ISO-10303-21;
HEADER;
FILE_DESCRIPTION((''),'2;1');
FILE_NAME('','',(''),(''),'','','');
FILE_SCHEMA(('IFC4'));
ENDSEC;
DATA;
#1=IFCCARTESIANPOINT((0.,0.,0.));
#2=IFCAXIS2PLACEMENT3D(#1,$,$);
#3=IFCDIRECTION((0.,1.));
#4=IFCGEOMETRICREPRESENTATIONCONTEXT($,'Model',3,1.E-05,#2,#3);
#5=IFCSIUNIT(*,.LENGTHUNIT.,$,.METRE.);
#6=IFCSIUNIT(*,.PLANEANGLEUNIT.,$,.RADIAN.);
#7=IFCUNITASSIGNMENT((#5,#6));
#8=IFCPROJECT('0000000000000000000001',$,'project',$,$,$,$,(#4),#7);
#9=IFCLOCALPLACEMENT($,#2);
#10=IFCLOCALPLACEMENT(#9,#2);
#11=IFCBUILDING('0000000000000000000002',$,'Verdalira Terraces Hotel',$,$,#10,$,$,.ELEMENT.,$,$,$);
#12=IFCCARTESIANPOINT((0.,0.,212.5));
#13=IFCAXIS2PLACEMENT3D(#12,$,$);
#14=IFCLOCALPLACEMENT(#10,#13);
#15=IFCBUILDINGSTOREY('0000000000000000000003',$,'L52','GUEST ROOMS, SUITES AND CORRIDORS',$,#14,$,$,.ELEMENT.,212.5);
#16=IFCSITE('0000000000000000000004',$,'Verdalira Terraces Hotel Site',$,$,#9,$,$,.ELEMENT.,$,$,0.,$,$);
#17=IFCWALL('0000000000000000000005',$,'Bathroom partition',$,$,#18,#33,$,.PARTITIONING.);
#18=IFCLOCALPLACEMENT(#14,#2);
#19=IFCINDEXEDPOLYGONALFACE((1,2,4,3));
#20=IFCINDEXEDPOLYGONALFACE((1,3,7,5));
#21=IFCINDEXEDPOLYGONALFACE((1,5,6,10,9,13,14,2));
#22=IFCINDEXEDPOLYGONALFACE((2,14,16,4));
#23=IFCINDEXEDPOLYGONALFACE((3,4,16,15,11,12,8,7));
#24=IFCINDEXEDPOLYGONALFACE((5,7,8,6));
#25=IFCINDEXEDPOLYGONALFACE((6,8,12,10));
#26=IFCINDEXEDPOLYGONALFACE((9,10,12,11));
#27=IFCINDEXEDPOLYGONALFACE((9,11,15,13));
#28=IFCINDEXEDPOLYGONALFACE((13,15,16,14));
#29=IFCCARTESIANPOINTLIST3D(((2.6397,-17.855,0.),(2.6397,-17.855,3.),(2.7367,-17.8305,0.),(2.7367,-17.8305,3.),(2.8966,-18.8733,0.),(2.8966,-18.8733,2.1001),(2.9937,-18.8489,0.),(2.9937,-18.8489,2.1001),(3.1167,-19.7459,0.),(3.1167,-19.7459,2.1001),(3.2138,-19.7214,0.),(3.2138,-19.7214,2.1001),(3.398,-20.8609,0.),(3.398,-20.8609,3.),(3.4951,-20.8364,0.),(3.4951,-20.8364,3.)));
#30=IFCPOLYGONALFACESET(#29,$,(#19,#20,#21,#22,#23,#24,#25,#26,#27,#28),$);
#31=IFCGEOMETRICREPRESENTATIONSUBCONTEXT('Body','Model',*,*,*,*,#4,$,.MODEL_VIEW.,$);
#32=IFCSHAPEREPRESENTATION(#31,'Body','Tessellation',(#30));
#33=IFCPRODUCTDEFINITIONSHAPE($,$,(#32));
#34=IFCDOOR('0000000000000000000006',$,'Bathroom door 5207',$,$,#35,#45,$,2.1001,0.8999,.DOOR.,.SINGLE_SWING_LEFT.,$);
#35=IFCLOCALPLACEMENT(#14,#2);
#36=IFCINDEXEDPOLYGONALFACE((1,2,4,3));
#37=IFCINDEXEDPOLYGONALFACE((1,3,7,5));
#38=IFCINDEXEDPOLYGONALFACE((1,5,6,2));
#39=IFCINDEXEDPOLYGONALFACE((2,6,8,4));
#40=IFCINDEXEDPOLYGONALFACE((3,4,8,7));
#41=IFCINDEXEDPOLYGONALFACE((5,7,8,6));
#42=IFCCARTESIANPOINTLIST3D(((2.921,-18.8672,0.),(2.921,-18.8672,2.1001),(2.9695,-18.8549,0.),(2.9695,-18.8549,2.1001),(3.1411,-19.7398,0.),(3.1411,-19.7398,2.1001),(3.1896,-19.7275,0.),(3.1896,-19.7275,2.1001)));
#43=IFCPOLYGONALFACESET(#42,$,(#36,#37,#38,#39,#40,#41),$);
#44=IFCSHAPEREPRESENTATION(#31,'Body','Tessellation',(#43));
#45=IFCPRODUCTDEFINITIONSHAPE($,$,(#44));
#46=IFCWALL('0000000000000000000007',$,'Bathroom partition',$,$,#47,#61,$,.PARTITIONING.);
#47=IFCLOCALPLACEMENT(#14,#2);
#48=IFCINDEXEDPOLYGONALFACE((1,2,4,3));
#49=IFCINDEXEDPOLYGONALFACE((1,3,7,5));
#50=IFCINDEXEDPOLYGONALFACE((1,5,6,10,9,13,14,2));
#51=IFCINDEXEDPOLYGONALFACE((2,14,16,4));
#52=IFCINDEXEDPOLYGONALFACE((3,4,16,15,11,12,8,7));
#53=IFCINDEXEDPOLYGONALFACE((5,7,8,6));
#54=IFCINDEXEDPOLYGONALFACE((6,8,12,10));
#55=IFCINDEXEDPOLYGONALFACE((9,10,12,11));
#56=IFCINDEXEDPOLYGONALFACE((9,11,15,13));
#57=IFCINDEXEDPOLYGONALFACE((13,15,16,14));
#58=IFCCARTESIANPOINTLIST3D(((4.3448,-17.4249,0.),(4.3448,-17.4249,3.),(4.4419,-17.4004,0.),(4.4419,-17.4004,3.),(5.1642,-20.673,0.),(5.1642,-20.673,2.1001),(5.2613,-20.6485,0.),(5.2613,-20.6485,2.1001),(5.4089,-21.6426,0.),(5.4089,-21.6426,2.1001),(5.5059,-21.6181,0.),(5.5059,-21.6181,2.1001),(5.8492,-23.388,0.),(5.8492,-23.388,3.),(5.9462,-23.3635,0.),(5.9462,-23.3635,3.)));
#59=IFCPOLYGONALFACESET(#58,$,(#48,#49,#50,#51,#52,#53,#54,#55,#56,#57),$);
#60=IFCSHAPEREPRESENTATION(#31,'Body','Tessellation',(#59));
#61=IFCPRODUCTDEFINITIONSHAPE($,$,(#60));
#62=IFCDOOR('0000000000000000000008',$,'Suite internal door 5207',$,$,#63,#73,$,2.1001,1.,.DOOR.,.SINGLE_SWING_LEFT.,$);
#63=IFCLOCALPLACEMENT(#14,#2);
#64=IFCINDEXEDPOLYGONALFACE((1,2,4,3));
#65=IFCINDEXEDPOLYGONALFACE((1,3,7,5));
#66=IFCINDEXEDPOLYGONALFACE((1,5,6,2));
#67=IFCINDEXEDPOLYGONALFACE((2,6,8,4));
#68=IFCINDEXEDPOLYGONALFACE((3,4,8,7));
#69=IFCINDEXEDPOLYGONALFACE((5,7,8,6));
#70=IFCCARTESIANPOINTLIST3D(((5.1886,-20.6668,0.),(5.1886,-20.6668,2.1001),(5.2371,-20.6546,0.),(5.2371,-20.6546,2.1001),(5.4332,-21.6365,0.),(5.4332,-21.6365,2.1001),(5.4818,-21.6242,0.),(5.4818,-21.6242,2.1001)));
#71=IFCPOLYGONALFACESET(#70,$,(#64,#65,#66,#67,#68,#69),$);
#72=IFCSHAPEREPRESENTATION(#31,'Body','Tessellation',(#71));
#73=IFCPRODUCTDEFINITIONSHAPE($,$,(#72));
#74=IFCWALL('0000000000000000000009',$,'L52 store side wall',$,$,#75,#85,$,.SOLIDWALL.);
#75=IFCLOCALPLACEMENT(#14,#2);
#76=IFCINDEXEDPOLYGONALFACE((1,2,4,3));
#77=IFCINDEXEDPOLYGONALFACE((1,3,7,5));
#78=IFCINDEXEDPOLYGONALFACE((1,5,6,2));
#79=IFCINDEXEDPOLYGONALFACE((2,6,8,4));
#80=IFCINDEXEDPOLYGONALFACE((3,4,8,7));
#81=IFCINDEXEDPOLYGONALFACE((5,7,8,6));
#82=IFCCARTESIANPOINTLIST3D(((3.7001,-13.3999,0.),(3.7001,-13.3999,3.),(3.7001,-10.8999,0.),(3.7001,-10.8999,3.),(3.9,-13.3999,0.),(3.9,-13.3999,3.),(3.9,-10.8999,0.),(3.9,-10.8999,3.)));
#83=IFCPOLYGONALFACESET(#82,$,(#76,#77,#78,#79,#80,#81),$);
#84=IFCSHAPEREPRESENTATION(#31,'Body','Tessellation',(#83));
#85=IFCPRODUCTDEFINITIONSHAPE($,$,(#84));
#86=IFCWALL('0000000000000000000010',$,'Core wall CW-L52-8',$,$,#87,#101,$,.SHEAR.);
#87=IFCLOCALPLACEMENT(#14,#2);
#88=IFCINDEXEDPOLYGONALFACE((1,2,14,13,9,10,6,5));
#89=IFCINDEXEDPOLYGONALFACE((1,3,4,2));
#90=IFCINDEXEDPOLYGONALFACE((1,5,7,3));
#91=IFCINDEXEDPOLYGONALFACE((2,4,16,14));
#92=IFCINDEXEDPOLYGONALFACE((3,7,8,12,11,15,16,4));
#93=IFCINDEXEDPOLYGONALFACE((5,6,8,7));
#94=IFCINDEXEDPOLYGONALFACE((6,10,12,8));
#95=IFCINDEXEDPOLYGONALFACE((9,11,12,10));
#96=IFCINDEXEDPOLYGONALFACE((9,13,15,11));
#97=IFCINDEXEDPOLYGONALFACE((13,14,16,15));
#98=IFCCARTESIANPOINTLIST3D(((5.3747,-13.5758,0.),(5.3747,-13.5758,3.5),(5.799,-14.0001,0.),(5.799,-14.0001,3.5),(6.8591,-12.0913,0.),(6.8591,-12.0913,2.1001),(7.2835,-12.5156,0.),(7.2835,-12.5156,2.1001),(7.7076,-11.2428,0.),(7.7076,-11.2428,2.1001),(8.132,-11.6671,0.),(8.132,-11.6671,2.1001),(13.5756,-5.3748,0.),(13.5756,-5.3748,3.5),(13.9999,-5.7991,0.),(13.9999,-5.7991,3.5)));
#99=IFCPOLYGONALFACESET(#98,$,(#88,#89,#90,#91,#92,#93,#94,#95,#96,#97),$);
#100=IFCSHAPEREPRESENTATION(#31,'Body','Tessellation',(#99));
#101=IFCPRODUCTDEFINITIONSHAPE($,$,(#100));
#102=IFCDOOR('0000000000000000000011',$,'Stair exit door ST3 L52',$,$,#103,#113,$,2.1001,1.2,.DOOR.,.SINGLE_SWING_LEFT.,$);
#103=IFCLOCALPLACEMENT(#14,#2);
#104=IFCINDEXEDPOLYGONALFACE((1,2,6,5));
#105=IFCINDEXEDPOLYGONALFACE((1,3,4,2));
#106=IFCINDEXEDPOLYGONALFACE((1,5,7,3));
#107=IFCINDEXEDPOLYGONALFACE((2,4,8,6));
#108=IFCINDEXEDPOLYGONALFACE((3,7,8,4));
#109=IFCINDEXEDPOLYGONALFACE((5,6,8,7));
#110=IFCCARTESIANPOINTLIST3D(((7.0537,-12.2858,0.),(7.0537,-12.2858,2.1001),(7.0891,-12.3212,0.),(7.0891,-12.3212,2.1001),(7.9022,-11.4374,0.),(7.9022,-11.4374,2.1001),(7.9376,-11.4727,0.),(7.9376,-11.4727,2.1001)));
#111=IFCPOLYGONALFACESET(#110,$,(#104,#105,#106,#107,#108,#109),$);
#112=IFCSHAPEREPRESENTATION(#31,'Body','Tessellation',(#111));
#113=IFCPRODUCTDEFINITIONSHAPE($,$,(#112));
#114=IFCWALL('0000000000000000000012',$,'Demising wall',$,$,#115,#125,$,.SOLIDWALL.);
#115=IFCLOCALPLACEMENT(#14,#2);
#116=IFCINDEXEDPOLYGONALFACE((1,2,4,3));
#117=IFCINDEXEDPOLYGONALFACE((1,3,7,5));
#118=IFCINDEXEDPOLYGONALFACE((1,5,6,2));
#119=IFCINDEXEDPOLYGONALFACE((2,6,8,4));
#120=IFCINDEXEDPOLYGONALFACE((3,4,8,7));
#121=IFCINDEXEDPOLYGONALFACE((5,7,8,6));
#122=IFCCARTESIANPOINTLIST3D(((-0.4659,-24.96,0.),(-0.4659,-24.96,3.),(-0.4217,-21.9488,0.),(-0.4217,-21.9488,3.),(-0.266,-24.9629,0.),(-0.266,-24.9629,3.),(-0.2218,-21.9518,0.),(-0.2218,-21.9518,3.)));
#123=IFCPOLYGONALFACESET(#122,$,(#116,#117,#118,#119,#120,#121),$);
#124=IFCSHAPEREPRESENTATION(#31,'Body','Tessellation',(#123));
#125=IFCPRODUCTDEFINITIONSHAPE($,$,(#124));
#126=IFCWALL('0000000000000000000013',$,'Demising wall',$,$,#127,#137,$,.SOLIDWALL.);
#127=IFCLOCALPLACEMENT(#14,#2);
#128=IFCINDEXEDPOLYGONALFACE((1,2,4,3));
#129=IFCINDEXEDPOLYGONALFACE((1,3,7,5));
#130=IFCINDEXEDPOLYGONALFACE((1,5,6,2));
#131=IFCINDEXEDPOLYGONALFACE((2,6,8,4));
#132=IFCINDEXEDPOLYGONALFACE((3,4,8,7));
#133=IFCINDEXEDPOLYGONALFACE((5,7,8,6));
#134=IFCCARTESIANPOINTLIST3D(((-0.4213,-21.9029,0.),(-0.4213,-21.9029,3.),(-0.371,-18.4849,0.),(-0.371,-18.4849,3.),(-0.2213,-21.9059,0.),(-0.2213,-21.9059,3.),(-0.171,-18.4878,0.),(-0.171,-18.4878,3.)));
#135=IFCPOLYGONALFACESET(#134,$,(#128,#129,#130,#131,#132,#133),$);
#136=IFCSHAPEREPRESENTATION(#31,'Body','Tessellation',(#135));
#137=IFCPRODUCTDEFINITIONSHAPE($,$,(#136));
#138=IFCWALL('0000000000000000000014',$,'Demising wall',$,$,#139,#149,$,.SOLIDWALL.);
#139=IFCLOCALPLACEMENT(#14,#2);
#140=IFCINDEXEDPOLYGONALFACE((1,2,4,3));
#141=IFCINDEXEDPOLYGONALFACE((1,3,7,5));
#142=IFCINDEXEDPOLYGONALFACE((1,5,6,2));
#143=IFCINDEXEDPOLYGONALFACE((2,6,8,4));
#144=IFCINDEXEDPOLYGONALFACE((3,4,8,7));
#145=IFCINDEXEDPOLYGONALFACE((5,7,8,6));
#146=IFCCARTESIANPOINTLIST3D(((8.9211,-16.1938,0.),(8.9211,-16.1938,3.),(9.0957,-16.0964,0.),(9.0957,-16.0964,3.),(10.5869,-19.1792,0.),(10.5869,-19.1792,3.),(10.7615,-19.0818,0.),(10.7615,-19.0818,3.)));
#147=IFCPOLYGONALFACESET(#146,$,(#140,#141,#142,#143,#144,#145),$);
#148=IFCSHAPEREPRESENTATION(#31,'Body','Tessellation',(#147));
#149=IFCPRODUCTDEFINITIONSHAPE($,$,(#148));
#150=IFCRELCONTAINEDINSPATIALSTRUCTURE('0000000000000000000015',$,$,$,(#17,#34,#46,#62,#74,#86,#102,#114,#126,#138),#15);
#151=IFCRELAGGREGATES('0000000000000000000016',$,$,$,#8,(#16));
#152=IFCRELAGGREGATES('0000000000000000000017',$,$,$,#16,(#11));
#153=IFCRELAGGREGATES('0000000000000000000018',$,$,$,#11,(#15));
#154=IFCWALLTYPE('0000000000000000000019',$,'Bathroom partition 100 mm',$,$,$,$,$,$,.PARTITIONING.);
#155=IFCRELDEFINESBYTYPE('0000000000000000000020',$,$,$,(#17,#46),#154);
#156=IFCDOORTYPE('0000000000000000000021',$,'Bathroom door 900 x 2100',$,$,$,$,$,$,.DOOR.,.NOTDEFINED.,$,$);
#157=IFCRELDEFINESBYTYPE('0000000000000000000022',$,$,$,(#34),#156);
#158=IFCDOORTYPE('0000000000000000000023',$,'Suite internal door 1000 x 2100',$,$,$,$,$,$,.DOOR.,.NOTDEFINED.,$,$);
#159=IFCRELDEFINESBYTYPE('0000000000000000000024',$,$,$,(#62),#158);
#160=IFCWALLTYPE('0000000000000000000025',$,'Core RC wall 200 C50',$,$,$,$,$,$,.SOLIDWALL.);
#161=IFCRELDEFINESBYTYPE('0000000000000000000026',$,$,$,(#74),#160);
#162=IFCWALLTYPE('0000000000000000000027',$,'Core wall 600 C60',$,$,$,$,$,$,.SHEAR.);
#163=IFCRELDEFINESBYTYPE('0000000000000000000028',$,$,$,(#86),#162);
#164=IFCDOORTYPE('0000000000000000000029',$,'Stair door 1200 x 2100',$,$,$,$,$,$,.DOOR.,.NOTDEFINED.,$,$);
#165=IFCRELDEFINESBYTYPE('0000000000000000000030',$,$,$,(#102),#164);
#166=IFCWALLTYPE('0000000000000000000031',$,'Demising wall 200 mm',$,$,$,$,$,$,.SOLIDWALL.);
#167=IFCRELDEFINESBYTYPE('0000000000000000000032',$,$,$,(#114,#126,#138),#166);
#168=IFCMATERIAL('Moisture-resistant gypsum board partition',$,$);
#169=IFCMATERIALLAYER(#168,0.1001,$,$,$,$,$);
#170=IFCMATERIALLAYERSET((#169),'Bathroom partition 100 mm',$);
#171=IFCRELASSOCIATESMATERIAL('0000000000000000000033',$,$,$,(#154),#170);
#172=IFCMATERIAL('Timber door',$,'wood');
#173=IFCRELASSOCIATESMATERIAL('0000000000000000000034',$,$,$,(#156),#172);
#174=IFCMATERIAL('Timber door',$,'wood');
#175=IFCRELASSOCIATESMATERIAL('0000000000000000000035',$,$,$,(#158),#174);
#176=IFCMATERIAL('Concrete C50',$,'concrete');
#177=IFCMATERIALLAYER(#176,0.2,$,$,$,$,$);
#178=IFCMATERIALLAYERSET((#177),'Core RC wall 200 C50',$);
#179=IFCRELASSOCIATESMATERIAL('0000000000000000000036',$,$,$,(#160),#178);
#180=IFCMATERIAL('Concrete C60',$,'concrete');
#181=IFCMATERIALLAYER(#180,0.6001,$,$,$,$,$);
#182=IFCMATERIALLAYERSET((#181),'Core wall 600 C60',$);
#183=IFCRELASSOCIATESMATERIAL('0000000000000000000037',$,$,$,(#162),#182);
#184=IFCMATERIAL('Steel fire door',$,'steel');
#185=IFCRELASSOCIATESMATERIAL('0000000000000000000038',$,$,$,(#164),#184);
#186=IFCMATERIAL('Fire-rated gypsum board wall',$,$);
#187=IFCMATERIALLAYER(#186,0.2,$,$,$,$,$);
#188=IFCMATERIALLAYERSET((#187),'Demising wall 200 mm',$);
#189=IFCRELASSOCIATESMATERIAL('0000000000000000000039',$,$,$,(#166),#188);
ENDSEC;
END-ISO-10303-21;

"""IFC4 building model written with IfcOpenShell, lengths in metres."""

from ifc_helpers import new_model, si_unit, direction, frame, frame_2d, origin, place, context, subcontext, project, spatial, rectangle, extrude, material, layer, layer_set, type_object, element, fill, save


model = new_model("IFC4")

# Units and contexts
model_context = context("Model", 3, precision=1e-05, world=origin(), true_north=direction((0.0, 1.0)))
body_context = subcontext(model_context, "Body", "Model", "MODEL_VIEW")
ifc_project = project(units=[si_unit("LENGTHUNIT", "METRE"), si_unit("PLANEANGLEUNIT", "RADIAN")], contexts=[model_context])

# Site, building, storey
site_placement = place(None, origin())
site = spatial("IfcSite", under=ifc_project, at=site_placement, Name="Verdalira Terraces Hotel Site", CompositionType="ELEMENT", RefElevation=0.0)
building_placement = place(site_placement, origin())
building = spatial("IfcBuilding", under=site, at=building_placement, Name="Verdalira Terraces Hotel", CompositionType="ELEMENT")
storey_placement = place(building_placement, frame((0.0, 0.0, 212.5)))
storey = spatial("IfcBuildingStorey", under=building, at=storey_placement, Name="L52", Description="GUEST ROOMS, SUITES AND CORRIDORS", CompositionType="ELEMENT", Elevation=212.5)

# Shared definitions
ifc_material_1 = material(Name="Moisture-resistant gypsum board partition")
ifc_layer_1 = layer(ifc_material_1, 0.1001)
ifc_layer_set_1 = layer_set([ifc_layer_1], Name="Bathroom partition 100 mm")
wall_type_1 = type_object("IfcWallType", Name="Bathroom partition 100 mm", PredefinedType="PARTITIONING", material=ifc_layer_set_1)

# Walls, openings, doors
wall_1_placement = place(storey_placement, frame((3.4465, -20.8486, 0.0), z_axis=(0.0, 0.0, 1.0), x_axis=(-0.24461, 0.969621, 0.0)))
wall_1 = element("IfcWall", 1, at=wall_1_placement, inside=storey, type_object=wall_type_1, Name="Bathroom partition", PredefinedType="PARTITIONING", context=body_context, shape_type="SweptSolid", body=[
    extrude(rectangle(XDim=3.1001, YDim=0.1001, at=frame_2d((1.55, 0.0))), origin(), (0.0, 0.0, 1.0), 3.0),
])
opening_1_placement = place(wall_1_placement, frame((1.1499, 0.0, 0.0)))
opening_1 = element("IfcOpeningElement", 2, at=opening_1_placement, cuts=wall_1, PredefinedType="OPENING", context=body_context, shape_type="SweptSolid", body=[
    extrude(rectangle(XDim=0.8999, YDim=2.1001, at=frame_2d((0.45, 1.05))), frame((0.0, 0.0601, 0.0), z_axis=(0.0, -1.0, 0.0), x_axis=(1.0, 0.0, 0.0)), (0.0, 0.0, 1.0), 0.1201),
])
ifc_material_2 = material(Name="Timber door", Category="wood")
door_type_1 = type_object("IfcDoorType", Name="Bathroom door 900 x 2100", OperationType="NOTDEFINED", PredefinedType="DOOR", material=ifc_material_2)
door_1_placement = place(opening_1_placement, origin())
door_1 = element("IfcDoor", 3, at=door_1_placement, inside=storey, type_object=door_type_1, Name="Bathroom door 5207", OperationType="SINGLE_SWING_LEFT", OverallHeight=2.1001, OverallWidth=0.8999, PredefinedType="DOOR", context=body_context, shape_type="SweptSolid", body=[
    extrude(rectangle(XDim=0.8999, YDim=2.1001, at=frame_2d((0.45, 1.05))), frame((0.0, 0.0249, 0.0), z_axis=(0.0, -1.0, 0.0), x_axis=(1.0, 0.0, 0.0)), (0.0, 0.0, 1.0), 0.05),
])
fill(opening_1, door_1)
wall_2_placement = place(storey_placement, frame((5.8977, -23.3757, 0.0), z_axis=(0.0, 0.0, 1.0), x_axis=(-0.244618, 0.96962, 0.0)))
wall_2 = element("IfcWall", 4, at=wall_2_placement, inside=storey, type_object=wall_type_1, Name="Bathroom partition", PredefinedType="PARTITIONING", context=body_context, shape_type="SweptSolid", body=[
    extrude(rectangle(XDim=6.1499, YDim=0.1001, at=frame_2d((3.075, 0.0))), origin(), (0.0, 0.0, 1.0), 3.0),
])
opening_2_placement = place(wall_2_placement, frame((1.8, 0.0, 0.0)))
opening_2 = element("IfcOpeningElement", 5, at=opening_2_placement, cuts=wall_2, PredefinedType="OPENING", context=body_context, shape_type="SweptSolid", body=[
    extrude(rectangle(XDim=1.0, YDim=2.1001, at=frame_2d((0.5, 1.05))), frame((0.0, 0.0601, 0.0), z_axis=(0.0, -1.0, 0.0), x_axis=(1.0, 0.0, 0.0)), (0.0, 0.0, 1.0), 0.1201),
])
ifc_material_3 = material(Name="Timber door", Category="wood")
door_type_2 = type_object("IfcDoorType", Name="Suite internal door 1000 x 2100", OperationType="NOTDEFINED", PredefinedType="DOOR", material=ifc_material_3)
door_2_placement = place(opening_2_placement, origin())
door_2 = element("IfcDoor", 6, at=door_2_placement, inside=storey, type_object=door_type_2, Name="Suite internal door 5207", OperationType="SINGLE_SWING_LEFT", OverallHeight=2.1001, OverallWidth=1.0, PredefinedType="DOOR", context=body_context, shape_type="SweptSolid", body=[
    extrude(rectangle(XDim=1.0, YDim=2.1001, at=frame_2d((0.5, 1.05))), frame((0.0, 0.0249, 0.0), z_axis=(0.0, -1.0, 0.0), x_axis=(1.0, 0.0, 0.0)), (0.0, 0.0, 1.0), 0.05),
])
fill(opening_2, door_2)

# Wall
ifc_material_4 = material(Name="Concrete C50", Category="concrete")
ifc_layer_2 = layer(ifc_material_4, 0.2)
ifc_layer_set_2 = layer_set([ifc_layer_2], Name="Core RC wall 200 C50")
wall_type_2 = type_object("IfcWallType", Name="Core RC wall 200 C50", PredefinedType="SOLIDWALL", material=ifc_layer_set_2)
wall_3_placement = place(storey_placement, frame((3.8, -10.8999, 0.0), z_axis=(0.0, 0.0, 1.0), x_axis=(0.0, -1.0, 0.0)))
element("IfcWall", 7, at=wall_3_placement, inside=storey, type_object=wall_type_2, Name="L52 store side wall", PredefinedType="SOLIDWALL", context=body_context, shape_type="SweptSolid", body=[
    extrude(rectangle(XDim=2.5, YDim=0.2, at=frame_2d((1.25, 0.0))), origin(), (0.0, 0.0, 1.0), 3.0),
])

# Wall, opening, door
ifc_material_5 = material(Name="Concrete C60", Category="concrete")
ifc_layer_3 = layer(ifc_material_5, 0.6001)
ifc_layer_set_3 = layer_set([ifc_layer_3], Name="Core wall 600 C60")
wall_type_3 = type_object("IfcWallType", Name="Core wall 600 C60", PredefinedType="SHEAR", material=ifc_layer_set_3)
wall_4_placement = place(storey_placement, frame((5.5869, -13.7878, 0.0), z_axis=(0.0, 0.0, 1.0), x_axis=(0.707107, 0.707107, 0.0)))
wall_4 = element("IfcWall", 8, at=wall_4_placement, inside=storey, type_object=wall_type_3, Name="Core wall CW-L52-8", PredefinedType="SHEAR", context=body_context, shape_type="SweptSolid", body=[
    extrude(rectangle(XDim=11.5979, YDim=0.6001, at=frame_2d((5.7988, 0.0))), origin(), (0.0, 0.0, 1.0), 3.5),
])
opening_3_placement = place(wall_4_placement, frame((2.0991, 0.0, 0.0)))
opening_3 = element("IfcOpeningElement", 9, at=opening_3_placement, cuts=wall_4, PredefinedType="OPENING", context=body_context, shape_type="SweptSolid", body=[
    extrude(rectangle(XDim=1.2, YDim=2.1001, at=frame_2d((0.6001, 1.05))), frame((0.0, 0.3101, 0.0), z_axis=(0.0, -1.0, 0.0), x_axis=(1.0, 0.0, 0.0)), (0.0, 0.0, 1.0), 0.6201),
])
ifc_material_6 = material(Name="Steel fire door", Category="steel")
door_type_3 = type_object("IfcDoorType", Name="Stair door 1200 x 2100", OperationType="NOTDEFINED", PredefinedType="DOOR", material=ifc_material_6)
door_3_placement = place(opening_3_placement, origin())
door_3 = element("IfcDoor", 10, at=door_3_placement, inside=storey, type_object=door_type_3, Name="Stair exit door ST3 L52", OperationType="SINGLE_SWING_LEFT", OverallHeight=2.1001, OverallWidth=1.2, PredefinedType="DOOR", context=body_context, shape_type="SweptSolid", body=[
    extrude(rectangle(XDim=1.2, YDim=2.1001, at=frame_2d((0.6001, 1.05))), frame((0.0, 0.0249, 0.0), z_axis=(0.0, -1.0, 0.0), x_axis=(1.0, 0.0, 0.0)), (0.0, 0.0, 1.0), 0.05),
])
fill(opening_3, door_3)

# Walls
ifc_material_7 = material(Name="Fire-rated gypsum board wall")
ifc_layer_4 = layer(ifc_material_7, 0.2)
ifc_layer_set_4 = layer_set([ifc_layer_4], Name="Demising wall 200 mm")
wall_type_4 = type_object("IfcWallType", Name="Demising wall 200 mm", PredefinedType="SOLIDWALL", material=ifc_layer_set_4)
wall_5_placement = place(storey_placement, frame((-0.3218, -21.9502, 0.0), z_axis=(0.0, 0.0, 1.0), x_axis=(-0.014673, -0.999892, 0.0)))
element("IfcWall", 11, at=wall_5_placement, inside=storey, type_object=wall_type_4, Name="Demising wall", PredefinedType="SOLIDWALL", context=body_context, shape_type="SweptSolid", body=[
    extrude(rectangle(XDim=3.0115, YDim=0.2, at=frame_2d((1.5059, 0.0))), origin(), (0.0, 0.0, 1.0), 3.0),
])
wall_6_placement = place(storey_placement, frame((-0.271, -18.4863, 0.0), z_axis=(0.0, 0.0, 1.0), x_axis=(-0.014713, -0.999892, 0.0)))
element("IfcWall", 12, at=wall_6_placement, inside=storey, type_object=wall_type_4, Name="Demising wall", PredefinedType="SOLIDWALL", context=body_context, shape_type="SweptSolid", body=[
    extrude(rectangle(XDim=3.4185, YDim=0.2, at=frame_2d((1.7092, 0.0))), origin(), (0.0, 0.0, 1.0), 3.0),
])
wall_7_placement = place(storey_placement, frame((9.0083, -16.145, 0.0), z_axis=(0.0, 0.0, 1.0), x_axis=(0.487261, -0.873256, 0.0)))
element("IfcWall", 13, at=wall_7_placement, inside=storey, type_object=wall_type_4, Name="Demising wall", PredefinedType="SOLIDWALL", context=body_context, shape_type="SweptSolid", body=[
    extrude(rectangle(XDim=3.4187, YDim=0.2, at=frame_2d((1.7095, 0.0))), origin(), (0.0, 0.0, 1.0), 3.0),
])

save(model, "model.ifc")
